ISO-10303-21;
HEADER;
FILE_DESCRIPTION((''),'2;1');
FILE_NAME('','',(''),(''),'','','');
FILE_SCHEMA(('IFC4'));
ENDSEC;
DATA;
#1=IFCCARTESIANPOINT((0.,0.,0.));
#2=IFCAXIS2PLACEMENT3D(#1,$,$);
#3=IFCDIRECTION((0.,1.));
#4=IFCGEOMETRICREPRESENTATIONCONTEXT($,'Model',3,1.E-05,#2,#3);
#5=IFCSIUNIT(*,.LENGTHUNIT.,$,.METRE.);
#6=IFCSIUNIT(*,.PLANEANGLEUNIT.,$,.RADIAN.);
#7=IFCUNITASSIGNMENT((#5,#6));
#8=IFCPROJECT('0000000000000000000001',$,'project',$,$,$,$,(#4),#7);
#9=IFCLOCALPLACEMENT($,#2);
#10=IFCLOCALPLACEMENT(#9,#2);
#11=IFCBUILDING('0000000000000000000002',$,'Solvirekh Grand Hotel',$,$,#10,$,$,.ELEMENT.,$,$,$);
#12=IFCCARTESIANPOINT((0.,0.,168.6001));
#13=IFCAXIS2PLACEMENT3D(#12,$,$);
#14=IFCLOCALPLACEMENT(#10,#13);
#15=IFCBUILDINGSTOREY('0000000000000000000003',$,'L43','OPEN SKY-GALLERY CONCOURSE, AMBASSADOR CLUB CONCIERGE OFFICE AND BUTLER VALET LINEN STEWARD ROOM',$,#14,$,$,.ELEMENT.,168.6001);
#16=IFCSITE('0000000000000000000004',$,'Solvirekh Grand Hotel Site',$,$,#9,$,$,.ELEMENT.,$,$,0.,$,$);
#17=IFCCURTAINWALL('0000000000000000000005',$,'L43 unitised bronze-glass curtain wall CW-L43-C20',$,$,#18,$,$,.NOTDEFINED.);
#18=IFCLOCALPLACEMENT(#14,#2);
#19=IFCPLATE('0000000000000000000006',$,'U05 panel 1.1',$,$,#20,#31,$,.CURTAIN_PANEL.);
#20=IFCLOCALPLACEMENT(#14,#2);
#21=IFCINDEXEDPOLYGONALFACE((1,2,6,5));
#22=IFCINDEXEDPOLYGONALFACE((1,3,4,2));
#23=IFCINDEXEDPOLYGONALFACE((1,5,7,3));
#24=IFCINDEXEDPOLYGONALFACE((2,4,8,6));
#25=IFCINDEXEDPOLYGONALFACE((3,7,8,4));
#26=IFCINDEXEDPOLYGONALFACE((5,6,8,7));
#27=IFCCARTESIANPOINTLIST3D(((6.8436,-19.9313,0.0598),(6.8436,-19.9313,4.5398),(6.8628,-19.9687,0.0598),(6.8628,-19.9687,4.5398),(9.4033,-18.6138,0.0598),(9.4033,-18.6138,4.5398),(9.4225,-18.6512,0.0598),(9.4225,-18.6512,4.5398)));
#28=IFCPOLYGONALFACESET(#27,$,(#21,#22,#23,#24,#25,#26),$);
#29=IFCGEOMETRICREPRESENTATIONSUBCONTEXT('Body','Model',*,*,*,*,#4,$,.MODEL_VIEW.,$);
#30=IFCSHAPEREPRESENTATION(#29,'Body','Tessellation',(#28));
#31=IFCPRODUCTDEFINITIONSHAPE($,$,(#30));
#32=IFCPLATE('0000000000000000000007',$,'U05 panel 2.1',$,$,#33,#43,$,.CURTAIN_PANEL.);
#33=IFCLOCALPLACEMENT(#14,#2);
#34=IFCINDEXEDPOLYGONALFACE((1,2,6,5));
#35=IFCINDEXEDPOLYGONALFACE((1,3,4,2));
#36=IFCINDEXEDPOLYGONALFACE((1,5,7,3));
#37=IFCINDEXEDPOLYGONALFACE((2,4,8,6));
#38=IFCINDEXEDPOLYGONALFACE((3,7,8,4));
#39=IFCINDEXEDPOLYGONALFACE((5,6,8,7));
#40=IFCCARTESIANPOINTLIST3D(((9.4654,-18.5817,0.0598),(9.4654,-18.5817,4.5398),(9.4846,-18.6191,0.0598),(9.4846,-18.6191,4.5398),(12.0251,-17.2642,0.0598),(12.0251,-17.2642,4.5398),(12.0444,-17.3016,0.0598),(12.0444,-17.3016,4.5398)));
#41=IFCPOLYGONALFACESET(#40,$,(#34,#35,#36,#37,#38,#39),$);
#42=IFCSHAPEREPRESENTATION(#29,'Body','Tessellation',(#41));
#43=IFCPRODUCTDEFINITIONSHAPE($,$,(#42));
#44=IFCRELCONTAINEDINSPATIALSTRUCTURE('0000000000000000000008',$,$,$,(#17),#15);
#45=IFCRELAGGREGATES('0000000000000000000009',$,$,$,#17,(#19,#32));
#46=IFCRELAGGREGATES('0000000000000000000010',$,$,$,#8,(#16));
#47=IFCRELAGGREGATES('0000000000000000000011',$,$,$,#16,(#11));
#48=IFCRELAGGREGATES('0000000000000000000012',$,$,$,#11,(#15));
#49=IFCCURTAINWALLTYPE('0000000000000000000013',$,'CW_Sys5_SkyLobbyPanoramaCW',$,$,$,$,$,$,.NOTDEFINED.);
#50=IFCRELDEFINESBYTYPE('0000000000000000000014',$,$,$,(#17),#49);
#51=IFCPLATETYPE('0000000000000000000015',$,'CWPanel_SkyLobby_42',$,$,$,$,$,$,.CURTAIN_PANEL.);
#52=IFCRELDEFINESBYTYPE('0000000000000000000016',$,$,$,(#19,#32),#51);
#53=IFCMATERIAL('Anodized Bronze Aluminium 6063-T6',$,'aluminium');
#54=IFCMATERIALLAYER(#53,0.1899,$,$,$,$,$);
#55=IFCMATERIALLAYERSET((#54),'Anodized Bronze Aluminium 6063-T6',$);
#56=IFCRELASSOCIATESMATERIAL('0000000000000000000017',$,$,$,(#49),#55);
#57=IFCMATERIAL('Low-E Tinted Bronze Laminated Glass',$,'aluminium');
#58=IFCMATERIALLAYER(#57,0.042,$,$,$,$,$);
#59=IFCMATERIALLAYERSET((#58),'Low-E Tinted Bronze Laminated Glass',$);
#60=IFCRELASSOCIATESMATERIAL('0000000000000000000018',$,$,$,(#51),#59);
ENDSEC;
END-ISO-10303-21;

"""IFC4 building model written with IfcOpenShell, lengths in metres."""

from ifc_helpers import new_model, si_unit, direction, frame, origin, origin_2d, place, context, subcontext, project, spatial, rectangle, extrude, source, transform, mapped, material, layer, layer_set, type_object, element, aggregate, save


model = new_model("IFC4")

# Units and contexts
model_context = context("Model", 3, precision=1e-05, world=origin(), true_north=direction((0.0, 1.0)))
body_context = subcontext(model_context, "Body", "Model", "MODEL_VIEW")
ifc_project = project(units=[si_unit("LENGTHUNIT", "METRE"), si_unit("PLANEANGLEUNIT", "RADIAN")], contexts=[model_context])

# Site, building, storey
site_placement = place(None, origin())
site = spatial("IfcSite", under=ifc_project, at=site_placement, Name="Solvirekh Grand Hotel Site", CompositionType="ELEMENT", RefElevation=0.0)
building_placement = place(site_placement, origin())
building = spatial("IfcBuilding", under=site, at=building_placement, Name="Solvirekh Grand Hotel", CompositionType="ELEMENT")
storey_placement = place(building_placement, frame((0.0, 0.0, 168.6001)))
storey = spatial("IfcBuildingStorey", under=building, at=storey_placement, Name="L43", Description="OPEN SKY-GALLERY CONCOURSE, AMBASSADOR CLUB CONCIERGE OFFICE AND BUTLER VALET LINEN STEWARD ROOM", CompositionType="ELEMENT", Elevation=168.6001)

# Shared definitions
ifc_material_1 = material(Name="Anodized Bronze Aluminium 6063-T6", Category="aluminium")
ifc_layer_1 = layer(ifc_material_1, 0.1899)
ifc_layer_set_1 = layer_set([ifc_layer_1], Name="Anodized Bronze Aluminium 6063-T6")
curtain_wall_type = type_object("IfcCurtainWallType", Name="CW_Sys5_SkyLobbyPanoramaCW", PredefinedType="NOTDEFINED", material=ifc_layer_set_1)

# Curtain wall
curtain_wall_1_placement = place(storey_placement, origin())
curtain_wall_1 = element("IfcCurtainWall", 1, at=curtain_wall_1_placement, inside=storey, type_object=curtain_wall_type, Name="L43 unitised bronze-glass curtain wall CW-L43-C20", PredefinedType="NOTDEFINED")

# Plates
ifc_material_2 = material(Name="Low-E Tinted Bronze Laminated Glass", Category="aluminium")
ifc_layer_2 = layer(ifc_material_2, 0.042)
ifc_layer_set_2 = layer_set([ifc_layer_2], Name="Low-E Tinted Bronze Laminated Glass")
plate_type = type_object("IfcPlateType", Name="CWPanel_SkyLobby_42", PredefinedType="CURTAIN_PANEL", material=ifc_layer_set_2)
shared_shape_1 = source(origin(), body_context, "Body", "SweptSolid", [
    extrude(rectangle(XDim=2.8789, YDim=0.042, at=origin_2d()), origin(), (0.0, 0.0, 1.0), 4.48),
])
plate_1_placement = place(storey_placement, frame((8.1331, -19.2913, 0.0598), z_axis=(0.0, 0.0, 1.0), x_axis=(0.889138, 0.45764, 0.0)))
plate_1 = element("IfcPlate", 2, at=plate_1_placement, type_object=plate_type, Name="U05 panel 1.1", PredefinedType="CURTAIN_PANEL", context=body_context, shape_type="MappedRepresentation", body=[
    mapped(shared_shape_1, transform((0.0, 0.0, 0.0), x_axis=(1.0, 0.0, 0.0), y_axis=(0.0, 1.0, 0.0), z_axis=(0.0, 0.0, 1.0), scale=1.0)),
])
plate_2_placement = place(storey_placement, frame((10.7549, -17.9417, 0.0598), z_axis=(0.0, 0.0, 1.0), x_axis=(0.889138, 0.45764, 0.0)))
plate_2 = element("IfcPlate", 3, at=plate_2_placement, type_object=plate_type, Name="U05 panel 2.1", PredefinedType="CURTAIN_PANEL", context=body_context, shape_type="MappedRepresentation", body=[
    mapped(shared_shape_1, transform((0.0, 0.0, 0.0), x_axis=(1.0, 0.0, 0.0), y_axis=(0.0, 1.0, 0.0), z_axis=(0.0, 0.0, 1.0), scale=1.0)),
])
aggregate(curtain_wall_1, [plate_1, plate_2])

save(model, "model.ifc")
